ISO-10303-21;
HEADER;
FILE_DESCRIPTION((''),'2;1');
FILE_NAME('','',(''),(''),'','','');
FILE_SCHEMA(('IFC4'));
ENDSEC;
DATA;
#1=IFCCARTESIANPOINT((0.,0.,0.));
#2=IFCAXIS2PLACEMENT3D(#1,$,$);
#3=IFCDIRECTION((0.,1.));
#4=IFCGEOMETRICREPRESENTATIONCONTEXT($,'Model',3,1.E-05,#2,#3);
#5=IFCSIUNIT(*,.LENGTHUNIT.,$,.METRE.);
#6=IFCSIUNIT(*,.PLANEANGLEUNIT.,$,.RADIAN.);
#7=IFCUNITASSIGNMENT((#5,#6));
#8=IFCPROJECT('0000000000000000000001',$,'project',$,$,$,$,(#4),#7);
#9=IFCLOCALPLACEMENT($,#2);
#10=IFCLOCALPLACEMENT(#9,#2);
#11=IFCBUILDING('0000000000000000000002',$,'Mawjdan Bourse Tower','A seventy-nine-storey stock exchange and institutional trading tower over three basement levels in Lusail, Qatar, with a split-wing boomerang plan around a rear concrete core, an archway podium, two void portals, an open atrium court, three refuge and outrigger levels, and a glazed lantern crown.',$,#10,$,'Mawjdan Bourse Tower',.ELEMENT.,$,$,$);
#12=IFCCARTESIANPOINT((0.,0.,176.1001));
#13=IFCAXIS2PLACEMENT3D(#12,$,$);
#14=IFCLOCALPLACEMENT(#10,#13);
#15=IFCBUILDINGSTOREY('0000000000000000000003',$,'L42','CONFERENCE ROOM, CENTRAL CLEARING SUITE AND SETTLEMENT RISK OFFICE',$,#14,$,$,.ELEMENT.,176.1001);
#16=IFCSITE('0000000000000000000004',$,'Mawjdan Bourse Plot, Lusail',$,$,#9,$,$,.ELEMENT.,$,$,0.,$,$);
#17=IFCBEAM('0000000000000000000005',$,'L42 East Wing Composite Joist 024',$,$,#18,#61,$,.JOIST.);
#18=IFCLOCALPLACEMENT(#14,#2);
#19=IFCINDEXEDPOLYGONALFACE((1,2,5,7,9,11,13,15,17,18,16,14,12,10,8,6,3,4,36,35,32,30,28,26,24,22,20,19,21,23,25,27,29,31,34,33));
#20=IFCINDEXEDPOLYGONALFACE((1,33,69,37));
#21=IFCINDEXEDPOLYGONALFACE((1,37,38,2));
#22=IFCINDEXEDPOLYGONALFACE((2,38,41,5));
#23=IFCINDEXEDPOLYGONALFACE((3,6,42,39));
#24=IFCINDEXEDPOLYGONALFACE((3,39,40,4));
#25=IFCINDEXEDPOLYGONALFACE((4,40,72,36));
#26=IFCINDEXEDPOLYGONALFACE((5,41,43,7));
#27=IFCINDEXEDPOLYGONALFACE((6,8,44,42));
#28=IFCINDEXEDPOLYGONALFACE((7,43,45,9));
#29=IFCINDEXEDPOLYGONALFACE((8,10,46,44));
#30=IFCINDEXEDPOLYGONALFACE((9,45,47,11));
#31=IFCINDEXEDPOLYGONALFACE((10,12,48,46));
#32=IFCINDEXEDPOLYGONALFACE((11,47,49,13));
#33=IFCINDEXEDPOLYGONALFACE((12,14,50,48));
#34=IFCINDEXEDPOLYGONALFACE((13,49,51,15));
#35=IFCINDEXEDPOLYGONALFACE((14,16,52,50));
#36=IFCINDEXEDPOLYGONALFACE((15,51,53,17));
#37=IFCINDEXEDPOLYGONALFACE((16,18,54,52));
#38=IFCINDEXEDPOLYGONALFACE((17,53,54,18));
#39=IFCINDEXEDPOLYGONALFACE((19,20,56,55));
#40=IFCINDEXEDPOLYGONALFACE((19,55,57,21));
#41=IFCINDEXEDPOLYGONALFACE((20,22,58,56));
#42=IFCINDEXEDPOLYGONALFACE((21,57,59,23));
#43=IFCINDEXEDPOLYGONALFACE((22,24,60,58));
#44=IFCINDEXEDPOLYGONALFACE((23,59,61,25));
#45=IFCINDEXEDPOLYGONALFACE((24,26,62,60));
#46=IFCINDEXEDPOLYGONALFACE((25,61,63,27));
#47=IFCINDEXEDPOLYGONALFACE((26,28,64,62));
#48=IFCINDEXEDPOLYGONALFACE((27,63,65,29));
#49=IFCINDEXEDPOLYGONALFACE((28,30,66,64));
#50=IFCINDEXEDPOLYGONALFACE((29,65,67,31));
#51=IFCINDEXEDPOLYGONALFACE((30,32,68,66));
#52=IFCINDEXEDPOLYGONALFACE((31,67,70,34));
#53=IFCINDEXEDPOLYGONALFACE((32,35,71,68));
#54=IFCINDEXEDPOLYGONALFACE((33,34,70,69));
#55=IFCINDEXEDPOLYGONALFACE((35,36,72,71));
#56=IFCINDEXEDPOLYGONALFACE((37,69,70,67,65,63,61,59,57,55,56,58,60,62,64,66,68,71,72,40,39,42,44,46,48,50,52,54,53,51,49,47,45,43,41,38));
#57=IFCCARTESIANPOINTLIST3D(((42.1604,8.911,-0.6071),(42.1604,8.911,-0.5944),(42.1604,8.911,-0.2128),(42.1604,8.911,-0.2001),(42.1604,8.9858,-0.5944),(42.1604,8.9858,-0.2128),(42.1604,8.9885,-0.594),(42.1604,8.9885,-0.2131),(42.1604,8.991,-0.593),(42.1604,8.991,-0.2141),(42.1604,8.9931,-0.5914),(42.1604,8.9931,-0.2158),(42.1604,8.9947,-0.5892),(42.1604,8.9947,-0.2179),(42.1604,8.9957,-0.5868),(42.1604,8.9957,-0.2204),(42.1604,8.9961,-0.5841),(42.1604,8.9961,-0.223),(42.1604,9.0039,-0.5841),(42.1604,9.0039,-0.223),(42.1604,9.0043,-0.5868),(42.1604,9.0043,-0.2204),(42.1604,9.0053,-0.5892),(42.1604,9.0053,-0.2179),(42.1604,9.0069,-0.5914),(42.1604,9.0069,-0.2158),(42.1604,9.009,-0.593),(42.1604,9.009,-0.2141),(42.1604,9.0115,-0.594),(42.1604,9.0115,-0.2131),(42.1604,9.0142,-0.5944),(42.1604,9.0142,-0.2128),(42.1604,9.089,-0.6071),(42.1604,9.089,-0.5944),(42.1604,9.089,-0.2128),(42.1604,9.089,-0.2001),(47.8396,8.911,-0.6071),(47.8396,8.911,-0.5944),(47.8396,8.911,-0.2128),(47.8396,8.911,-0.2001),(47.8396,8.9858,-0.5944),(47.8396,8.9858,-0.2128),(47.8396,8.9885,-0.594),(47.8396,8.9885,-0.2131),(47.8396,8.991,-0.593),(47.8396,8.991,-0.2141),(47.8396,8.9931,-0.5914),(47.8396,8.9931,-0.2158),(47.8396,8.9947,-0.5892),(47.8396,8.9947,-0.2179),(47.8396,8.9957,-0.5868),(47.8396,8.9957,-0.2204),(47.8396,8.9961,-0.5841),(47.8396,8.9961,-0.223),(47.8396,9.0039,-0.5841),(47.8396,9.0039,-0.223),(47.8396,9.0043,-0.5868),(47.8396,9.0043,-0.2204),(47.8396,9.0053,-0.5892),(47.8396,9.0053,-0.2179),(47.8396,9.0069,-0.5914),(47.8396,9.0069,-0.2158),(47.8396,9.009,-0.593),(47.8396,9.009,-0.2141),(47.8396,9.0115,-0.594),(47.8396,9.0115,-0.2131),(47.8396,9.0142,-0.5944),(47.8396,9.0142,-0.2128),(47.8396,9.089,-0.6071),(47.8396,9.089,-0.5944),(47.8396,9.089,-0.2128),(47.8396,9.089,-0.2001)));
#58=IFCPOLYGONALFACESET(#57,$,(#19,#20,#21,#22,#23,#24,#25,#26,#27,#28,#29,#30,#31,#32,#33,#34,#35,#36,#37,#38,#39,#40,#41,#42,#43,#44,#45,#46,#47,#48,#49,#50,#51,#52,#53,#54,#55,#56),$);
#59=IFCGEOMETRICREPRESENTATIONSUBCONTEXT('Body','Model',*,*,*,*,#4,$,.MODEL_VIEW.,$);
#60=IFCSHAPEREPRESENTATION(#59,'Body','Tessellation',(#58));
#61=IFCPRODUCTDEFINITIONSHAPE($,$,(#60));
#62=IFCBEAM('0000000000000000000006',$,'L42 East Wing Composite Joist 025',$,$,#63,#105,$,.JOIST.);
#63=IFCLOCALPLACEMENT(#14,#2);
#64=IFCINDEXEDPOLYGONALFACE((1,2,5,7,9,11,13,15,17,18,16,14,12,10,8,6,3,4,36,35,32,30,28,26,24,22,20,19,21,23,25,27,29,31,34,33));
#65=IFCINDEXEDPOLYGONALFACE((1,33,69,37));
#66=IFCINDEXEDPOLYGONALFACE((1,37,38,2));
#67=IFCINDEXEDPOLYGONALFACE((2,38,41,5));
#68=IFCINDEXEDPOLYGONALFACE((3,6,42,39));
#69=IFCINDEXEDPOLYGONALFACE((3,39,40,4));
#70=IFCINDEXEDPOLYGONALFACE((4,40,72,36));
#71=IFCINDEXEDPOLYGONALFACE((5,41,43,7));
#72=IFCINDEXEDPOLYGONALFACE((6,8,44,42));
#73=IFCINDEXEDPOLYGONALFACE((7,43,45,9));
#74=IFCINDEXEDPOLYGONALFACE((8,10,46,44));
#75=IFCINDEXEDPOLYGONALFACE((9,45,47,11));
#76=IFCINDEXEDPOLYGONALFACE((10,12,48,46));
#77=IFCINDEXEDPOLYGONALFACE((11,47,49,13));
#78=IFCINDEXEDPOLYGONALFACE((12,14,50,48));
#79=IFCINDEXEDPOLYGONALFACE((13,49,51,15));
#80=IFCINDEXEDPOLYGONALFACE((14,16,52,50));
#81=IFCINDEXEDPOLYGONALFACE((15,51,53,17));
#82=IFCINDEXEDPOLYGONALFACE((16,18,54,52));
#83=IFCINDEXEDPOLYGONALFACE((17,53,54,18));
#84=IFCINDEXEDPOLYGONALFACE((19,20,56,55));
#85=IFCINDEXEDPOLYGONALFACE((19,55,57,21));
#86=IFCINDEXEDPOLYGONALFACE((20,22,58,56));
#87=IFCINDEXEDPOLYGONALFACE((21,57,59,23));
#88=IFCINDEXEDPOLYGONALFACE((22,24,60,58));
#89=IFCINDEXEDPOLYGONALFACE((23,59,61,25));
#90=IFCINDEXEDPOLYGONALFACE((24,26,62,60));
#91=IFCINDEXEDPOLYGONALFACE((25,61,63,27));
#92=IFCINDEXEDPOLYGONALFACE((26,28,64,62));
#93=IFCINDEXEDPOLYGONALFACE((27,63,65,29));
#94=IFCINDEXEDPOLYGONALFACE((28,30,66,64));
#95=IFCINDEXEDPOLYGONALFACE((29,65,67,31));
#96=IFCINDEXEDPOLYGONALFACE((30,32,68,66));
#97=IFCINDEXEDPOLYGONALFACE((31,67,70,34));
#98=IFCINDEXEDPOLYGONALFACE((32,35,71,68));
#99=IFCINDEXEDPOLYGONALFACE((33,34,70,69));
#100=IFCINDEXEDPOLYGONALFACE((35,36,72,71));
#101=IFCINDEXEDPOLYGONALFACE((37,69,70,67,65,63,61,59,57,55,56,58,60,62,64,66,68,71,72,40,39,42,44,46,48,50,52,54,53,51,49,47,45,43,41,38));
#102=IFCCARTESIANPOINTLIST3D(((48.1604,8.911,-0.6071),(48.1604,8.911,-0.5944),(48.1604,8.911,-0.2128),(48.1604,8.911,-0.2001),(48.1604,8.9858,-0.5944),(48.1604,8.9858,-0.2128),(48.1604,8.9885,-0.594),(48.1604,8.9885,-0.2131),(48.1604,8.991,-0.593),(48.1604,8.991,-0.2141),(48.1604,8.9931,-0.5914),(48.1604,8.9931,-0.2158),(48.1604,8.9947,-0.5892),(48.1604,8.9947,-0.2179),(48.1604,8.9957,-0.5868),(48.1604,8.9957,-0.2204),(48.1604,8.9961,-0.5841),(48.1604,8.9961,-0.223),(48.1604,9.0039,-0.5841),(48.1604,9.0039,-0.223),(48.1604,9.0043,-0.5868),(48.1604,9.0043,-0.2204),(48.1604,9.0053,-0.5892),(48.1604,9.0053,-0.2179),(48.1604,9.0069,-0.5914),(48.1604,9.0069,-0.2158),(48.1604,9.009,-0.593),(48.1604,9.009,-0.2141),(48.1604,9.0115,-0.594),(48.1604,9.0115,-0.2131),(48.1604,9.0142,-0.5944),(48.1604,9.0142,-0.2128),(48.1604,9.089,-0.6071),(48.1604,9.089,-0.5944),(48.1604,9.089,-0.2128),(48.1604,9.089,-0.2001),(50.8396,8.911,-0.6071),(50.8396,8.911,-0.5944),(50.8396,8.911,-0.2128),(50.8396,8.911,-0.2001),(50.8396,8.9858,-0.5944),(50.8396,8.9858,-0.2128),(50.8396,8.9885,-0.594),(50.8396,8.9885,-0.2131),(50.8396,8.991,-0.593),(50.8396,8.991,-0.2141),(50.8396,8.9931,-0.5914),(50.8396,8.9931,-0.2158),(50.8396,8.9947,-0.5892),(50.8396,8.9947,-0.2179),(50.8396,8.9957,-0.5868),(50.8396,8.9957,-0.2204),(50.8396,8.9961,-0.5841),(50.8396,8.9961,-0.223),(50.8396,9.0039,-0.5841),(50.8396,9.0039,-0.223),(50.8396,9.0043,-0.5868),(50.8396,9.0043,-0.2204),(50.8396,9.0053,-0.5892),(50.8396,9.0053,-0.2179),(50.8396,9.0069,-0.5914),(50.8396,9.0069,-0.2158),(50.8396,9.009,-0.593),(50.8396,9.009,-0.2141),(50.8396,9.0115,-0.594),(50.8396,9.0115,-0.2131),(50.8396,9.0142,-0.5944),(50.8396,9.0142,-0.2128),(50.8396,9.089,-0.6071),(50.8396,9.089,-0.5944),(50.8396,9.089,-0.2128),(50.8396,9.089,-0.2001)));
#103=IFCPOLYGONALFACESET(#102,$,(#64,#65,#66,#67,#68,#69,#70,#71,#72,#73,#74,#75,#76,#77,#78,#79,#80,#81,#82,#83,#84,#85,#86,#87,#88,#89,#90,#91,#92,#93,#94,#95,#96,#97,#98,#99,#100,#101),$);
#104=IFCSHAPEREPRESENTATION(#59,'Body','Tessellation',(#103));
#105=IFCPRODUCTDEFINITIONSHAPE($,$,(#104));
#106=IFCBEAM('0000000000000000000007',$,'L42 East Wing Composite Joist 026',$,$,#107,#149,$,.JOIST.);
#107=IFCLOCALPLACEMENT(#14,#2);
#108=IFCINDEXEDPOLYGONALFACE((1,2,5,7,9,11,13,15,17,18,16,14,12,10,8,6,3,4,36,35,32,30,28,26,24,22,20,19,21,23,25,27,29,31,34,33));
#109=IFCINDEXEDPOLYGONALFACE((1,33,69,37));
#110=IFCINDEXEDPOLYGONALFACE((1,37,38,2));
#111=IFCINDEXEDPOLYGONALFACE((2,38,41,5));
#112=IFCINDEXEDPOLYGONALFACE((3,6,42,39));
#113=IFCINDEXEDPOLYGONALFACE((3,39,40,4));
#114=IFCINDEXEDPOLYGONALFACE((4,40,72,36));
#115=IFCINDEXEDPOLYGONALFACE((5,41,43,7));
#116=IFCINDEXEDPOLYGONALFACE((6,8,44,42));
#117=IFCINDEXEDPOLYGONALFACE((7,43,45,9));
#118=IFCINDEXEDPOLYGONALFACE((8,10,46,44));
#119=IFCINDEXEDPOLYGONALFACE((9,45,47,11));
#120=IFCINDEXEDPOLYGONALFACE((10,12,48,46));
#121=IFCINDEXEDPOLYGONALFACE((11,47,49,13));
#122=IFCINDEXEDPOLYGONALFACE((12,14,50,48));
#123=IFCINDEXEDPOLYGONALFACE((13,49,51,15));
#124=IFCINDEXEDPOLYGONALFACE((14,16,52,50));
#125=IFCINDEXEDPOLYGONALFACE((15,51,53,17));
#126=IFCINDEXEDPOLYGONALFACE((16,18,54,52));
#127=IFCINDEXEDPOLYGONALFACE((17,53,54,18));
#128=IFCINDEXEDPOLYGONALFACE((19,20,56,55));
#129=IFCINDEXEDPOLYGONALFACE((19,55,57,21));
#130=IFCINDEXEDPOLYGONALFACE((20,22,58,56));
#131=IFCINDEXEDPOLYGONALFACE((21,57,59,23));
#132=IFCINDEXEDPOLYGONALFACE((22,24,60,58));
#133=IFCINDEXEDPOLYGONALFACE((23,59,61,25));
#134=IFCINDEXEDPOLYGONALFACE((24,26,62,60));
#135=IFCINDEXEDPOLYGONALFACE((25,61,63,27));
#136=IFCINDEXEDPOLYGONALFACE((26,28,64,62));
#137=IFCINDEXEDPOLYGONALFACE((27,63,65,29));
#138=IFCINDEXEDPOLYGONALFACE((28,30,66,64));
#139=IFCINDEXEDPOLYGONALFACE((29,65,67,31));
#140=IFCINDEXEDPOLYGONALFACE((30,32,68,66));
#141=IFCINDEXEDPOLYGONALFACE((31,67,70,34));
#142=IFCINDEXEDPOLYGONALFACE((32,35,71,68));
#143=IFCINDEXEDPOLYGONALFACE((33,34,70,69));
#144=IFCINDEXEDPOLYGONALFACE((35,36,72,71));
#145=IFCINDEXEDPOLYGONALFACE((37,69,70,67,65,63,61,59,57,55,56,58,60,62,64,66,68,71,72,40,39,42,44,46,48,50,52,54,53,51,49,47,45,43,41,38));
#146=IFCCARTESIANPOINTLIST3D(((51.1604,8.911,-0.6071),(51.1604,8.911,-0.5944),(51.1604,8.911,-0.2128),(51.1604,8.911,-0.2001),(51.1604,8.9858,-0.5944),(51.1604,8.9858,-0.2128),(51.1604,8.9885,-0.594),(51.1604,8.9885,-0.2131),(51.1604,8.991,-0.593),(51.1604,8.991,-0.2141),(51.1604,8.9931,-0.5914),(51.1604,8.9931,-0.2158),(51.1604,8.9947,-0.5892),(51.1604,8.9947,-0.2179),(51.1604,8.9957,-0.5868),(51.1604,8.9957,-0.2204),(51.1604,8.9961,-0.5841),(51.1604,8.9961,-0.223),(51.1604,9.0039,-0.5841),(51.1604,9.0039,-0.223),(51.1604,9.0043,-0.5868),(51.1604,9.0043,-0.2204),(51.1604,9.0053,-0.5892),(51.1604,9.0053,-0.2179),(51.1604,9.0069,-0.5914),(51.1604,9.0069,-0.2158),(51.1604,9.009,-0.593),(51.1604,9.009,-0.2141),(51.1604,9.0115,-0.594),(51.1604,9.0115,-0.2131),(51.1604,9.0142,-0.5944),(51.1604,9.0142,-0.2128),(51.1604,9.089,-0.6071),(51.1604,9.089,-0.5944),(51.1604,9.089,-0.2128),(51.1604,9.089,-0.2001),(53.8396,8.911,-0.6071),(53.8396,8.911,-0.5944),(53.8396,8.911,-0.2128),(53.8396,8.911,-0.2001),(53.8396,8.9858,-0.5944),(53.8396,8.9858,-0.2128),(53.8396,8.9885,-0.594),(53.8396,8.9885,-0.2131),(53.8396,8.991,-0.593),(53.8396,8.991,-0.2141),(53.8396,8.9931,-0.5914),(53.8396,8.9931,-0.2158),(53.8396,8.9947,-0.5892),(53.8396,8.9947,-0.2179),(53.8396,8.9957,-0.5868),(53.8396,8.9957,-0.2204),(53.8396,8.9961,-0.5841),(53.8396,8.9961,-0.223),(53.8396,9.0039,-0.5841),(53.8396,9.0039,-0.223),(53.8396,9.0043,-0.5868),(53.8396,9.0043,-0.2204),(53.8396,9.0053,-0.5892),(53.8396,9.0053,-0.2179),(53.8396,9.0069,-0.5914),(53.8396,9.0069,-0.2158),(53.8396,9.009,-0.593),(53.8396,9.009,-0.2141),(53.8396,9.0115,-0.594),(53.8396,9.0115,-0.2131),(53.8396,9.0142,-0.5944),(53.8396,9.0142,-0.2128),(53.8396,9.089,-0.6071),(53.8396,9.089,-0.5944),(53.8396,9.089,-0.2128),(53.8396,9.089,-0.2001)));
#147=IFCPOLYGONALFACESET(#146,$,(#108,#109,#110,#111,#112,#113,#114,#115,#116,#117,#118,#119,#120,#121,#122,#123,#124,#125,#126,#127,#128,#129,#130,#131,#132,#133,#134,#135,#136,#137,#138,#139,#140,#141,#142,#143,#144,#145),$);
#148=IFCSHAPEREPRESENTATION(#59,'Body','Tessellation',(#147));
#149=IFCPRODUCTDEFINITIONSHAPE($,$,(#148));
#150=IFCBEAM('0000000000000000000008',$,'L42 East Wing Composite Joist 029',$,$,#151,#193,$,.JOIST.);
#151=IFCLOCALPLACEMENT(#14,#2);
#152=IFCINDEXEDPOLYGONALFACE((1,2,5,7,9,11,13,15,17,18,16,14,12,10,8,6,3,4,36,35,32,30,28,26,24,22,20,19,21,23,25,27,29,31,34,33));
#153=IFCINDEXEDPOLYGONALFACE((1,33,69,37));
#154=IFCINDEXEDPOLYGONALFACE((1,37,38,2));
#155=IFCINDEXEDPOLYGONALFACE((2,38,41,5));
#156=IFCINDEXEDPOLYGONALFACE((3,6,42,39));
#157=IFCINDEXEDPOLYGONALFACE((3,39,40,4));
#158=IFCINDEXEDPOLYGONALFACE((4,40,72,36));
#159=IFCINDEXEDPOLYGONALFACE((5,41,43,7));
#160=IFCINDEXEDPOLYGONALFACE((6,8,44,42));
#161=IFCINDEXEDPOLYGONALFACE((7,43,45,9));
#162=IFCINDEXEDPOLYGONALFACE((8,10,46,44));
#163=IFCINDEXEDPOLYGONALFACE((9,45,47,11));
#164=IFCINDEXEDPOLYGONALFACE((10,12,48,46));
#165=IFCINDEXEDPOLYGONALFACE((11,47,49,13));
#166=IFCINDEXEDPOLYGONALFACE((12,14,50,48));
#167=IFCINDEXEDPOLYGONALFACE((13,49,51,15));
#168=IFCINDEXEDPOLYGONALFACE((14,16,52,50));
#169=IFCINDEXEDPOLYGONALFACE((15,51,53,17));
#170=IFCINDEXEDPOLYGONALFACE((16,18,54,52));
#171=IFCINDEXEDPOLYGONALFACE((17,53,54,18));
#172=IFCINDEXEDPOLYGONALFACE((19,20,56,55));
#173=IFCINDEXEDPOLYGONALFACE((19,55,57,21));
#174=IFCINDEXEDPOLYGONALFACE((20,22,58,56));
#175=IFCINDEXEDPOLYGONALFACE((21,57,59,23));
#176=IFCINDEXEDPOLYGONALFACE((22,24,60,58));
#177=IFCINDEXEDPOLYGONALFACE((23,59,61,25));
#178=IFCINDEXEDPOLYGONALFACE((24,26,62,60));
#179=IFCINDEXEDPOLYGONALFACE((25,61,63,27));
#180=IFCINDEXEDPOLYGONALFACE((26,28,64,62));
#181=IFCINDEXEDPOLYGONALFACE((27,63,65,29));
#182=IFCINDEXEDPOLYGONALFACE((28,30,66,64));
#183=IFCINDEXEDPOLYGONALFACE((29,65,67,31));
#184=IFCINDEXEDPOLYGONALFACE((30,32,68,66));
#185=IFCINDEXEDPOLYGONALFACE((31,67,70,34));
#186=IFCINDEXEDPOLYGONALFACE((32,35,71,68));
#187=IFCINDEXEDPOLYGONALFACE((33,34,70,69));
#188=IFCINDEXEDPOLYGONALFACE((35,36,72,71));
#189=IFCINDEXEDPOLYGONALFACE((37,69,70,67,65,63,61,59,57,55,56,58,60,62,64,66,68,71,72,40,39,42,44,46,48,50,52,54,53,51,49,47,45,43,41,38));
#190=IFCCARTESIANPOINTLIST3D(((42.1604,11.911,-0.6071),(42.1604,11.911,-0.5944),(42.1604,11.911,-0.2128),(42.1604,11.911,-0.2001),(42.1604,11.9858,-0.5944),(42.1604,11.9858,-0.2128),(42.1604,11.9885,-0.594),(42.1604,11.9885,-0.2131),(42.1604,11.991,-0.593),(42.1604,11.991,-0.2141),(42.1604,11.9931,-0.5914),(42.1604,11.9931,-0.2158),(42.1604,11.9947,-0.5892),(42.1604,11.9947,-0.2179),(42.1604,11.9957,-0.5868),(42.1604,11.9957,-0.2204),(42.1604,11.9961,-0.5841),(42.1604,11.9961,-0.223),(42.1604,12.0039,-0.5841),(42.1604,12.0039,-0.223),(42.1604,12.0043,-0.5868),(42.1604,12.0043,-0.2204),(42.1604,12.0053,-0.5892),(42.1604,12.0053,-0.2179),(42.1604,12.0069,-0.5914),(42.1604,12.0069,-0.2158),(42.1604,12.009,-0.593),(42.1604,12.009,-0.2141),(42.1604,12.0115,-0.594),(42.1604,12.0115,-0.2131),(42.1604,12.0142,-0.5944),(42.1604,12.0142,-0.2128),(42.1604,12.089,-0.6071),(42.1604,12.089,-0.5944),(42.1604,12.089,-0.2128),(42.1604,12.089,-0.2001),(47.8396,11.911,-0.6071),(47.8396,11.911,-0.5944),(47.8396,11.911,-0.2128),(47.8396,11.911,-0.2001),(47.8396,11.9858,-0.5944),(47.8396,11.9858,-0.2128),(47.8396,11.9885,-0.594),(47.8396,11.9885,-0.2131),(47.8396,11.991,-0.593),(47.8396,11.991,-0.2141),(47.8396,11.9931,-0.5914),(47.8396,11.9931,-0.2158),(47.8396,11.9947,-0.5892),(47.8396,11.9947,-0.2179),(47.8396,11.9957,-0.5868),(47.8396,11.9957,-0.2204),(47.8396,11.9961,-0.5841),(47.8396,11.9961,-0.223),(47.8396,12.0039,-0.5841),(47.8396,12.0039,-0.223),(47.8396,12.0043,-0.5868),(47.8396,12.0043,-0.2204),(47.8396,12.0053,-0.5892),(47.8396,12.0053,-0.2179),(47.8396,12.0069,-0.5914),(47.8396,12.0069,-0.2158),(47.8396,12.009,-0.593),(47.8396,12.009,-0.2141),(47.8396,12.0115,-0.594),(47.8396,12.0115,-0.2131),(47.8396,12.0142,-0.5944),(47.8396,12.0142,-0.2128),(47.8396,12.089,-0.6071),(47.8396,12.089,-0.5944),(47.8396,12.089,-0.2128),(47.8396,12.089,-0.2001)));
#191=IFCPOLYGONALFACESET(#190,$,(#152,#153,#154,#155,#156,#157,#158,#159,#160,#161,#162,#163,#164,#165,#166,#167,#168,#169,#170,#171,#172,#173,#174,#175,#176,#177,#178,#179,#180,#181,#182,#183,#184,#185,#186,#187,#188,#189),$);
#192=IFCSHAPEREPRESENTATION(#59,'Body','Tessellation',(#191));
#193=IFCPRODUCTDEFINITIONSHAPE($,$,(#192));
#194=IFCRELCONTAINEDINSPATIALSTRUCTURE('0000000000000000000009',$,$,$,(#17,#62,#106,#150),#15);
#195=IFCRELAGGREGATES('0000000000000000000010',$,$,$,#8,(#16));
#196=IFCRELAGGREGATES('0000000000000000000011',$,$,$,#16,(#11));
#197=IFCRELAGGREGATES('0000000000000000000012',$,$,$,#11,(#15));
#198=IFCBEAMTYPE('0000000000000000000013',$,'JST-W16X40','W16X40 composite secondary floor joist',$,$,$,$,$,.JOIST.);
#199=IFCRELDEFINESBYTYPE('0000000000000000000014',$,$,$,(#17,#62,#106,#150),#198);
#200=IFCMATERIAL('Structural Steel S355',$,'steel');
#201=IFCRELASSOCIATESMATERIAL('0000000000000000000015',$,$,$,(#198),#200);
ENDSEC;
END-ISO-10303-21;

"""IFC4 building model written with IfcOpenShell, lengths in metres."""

from ifc_helpers import new_model, si_unit, direction, frame, origin, origin_2d, place, context, subcontext, project, spatial, i_section, extrude, material, material_profile, profile_set, type_object, element, save


model = new_model("IFC4")

# Units and contexts
model_context = context("Model", 3, precision=1e-05, world=origin(), true_north=direction((0.0, 1.0)))
body_context = subcontext(model_context, "Body", "Model", "MODEL_VIEW")
ifc_project = project(units=[si_unit("LENGTHUNIT", "METRE"), si_unit("PLANEANGLEUNIT", "RADIAN")], contexts=[model_context])

# Site, building, storey
site_placement = place(None, origin())
site = spatial("IfcSite", under=ifc_project, at=site_placement, Name="Mawjdan Bourse Plot, Lusail", CompositionType="ELEMENT", RefElevation=0.0)
building_placement = place(site_placement, origin())
building = spatial("IfcBuilding", under=site, at=building_placement, Name="Mawjdan Bourse Tower", Description="A seventy-nine-storey stock exchange and institutional trading tower over three basement levels in Lusail, Qatar, with a split-wing boomerang plan around a rear concrete core, an archway podium, two void portals, an open atrium court, three refuge and outrigger levels, and a glazed lantern crown.", LongName="Mawjdan Bourse Tower", CompositionType="ELEMENT")
storey_placement = place(building_placement, frame((0.0, 0.0, 176.1001)))
storey = spatial("IfcBuildingStorey", under=building, at=storey_placement, Name="L42", Description="CONFERENCE ROOM, CENTRAL CLEARING SUITE AND SETTLEMENT RISK OFFICE", CompositionType="ELEMENT", Elevation=176.1001)

# Beams
ifc_material_1 = material(Name="Structural Steel S355", Category="steel")
ifc_material_profile_1 = material_profile(ifc_material_1, i_section(OverallWidth=0.178, OverallDepth=0.407, WebThickness=0.0078, FlangeThickness=0.0127, FilletRadius=0.0103, at=origin_2d()), Name="W16X40")
ifc_profile_set_1 = profile_set([ifc_material_profile_1], Name="Structural Steel S355")
beam_type_1 = type_object("IfcBeamType", Name="JST-W16X40", Description="W16X40 composite secondary floor joist", PredefinedType="JOIST", material=ifc_profile_set_1)
beam_1_placement = place(storey_placement, frame((42.1604, 9.0, -0.4036), z_axis=(1.0, 0.0, 0.0), x_axis=(0.0, 1.0, 0.0)))
element("IfcBeam", 1, at=beam_1_placement, inside=storey, type_object=beam_type_1, Name="L42 East Wing Composite Joist 024", PredefinedType="JOIST", context=body_context, shape_type="SweptSolid", body=[
    extrude(i_section(OverallWidth=0.178, OverallDepth=0.407, WebThickness=0.0078, FlangeThickness=0.0127, FilletRadius=0.0103, at=origin_2d()), origin(), (0.0, 0.0, 1.0), 5.6792),
])
for number, where, z_axis, x_axis, name in (
    (2, (48.1604, 9.0, -0.4036), (1.0, 0.0, 0.0), (0.0, 1.0, 0.0), "L42 East Wing Composite Joist 025"),
    (3, (51.1604, 9.0, -0.4036), (1.0, 0.0, 0.0), (0.0, 1.0, 0.0), "L42 East Wing Composite Joist 026"),
):
    element("IfcBeam", number, at=place(storey_placement, frame(where, z_axis=z_axis, x_axis=x_axis)), inside=storey, type_object=beam_type_1, Name=name, PredefinedType="JOIST", context=body_context, shape_type="SweptSolid", body=[
        extrude(i_section(OverallWidth=0.178, OverallDepth=0.407, WebThickness=0.0078, FlangeThickness=0.0127, FilletRadius=0.0103, at=origin_2d()), origin(), (0.0, 0.0, 1.0), 2.6792),
    ])
beam_2_placement = place(storey_placement, frame((42.1604, 12.0, -0.4036), z_axis=(1.0, 0.0, 0.0), x_axis=(0.0, 1.0, 0.0)))
element("IfcBeam", 4, at=beam_2_placement, inside=storey, type_object=beam_type_1, Name="L42 East Wing Composite Joist 029", PredefinedType="JOIST", context=body_context, shape_type="SweptSolid", body=[
    extrude(i_section(OverallWidth=0.178, OverallDepth=0.407, WebThickness=0.0078, FlangeThickness=0.0127, FilletRadius=0.0103, at=origin_2d()), origin(), (0.0, 0.0, 1.0), 5.6792),
])

save(model, "model.ifc")
